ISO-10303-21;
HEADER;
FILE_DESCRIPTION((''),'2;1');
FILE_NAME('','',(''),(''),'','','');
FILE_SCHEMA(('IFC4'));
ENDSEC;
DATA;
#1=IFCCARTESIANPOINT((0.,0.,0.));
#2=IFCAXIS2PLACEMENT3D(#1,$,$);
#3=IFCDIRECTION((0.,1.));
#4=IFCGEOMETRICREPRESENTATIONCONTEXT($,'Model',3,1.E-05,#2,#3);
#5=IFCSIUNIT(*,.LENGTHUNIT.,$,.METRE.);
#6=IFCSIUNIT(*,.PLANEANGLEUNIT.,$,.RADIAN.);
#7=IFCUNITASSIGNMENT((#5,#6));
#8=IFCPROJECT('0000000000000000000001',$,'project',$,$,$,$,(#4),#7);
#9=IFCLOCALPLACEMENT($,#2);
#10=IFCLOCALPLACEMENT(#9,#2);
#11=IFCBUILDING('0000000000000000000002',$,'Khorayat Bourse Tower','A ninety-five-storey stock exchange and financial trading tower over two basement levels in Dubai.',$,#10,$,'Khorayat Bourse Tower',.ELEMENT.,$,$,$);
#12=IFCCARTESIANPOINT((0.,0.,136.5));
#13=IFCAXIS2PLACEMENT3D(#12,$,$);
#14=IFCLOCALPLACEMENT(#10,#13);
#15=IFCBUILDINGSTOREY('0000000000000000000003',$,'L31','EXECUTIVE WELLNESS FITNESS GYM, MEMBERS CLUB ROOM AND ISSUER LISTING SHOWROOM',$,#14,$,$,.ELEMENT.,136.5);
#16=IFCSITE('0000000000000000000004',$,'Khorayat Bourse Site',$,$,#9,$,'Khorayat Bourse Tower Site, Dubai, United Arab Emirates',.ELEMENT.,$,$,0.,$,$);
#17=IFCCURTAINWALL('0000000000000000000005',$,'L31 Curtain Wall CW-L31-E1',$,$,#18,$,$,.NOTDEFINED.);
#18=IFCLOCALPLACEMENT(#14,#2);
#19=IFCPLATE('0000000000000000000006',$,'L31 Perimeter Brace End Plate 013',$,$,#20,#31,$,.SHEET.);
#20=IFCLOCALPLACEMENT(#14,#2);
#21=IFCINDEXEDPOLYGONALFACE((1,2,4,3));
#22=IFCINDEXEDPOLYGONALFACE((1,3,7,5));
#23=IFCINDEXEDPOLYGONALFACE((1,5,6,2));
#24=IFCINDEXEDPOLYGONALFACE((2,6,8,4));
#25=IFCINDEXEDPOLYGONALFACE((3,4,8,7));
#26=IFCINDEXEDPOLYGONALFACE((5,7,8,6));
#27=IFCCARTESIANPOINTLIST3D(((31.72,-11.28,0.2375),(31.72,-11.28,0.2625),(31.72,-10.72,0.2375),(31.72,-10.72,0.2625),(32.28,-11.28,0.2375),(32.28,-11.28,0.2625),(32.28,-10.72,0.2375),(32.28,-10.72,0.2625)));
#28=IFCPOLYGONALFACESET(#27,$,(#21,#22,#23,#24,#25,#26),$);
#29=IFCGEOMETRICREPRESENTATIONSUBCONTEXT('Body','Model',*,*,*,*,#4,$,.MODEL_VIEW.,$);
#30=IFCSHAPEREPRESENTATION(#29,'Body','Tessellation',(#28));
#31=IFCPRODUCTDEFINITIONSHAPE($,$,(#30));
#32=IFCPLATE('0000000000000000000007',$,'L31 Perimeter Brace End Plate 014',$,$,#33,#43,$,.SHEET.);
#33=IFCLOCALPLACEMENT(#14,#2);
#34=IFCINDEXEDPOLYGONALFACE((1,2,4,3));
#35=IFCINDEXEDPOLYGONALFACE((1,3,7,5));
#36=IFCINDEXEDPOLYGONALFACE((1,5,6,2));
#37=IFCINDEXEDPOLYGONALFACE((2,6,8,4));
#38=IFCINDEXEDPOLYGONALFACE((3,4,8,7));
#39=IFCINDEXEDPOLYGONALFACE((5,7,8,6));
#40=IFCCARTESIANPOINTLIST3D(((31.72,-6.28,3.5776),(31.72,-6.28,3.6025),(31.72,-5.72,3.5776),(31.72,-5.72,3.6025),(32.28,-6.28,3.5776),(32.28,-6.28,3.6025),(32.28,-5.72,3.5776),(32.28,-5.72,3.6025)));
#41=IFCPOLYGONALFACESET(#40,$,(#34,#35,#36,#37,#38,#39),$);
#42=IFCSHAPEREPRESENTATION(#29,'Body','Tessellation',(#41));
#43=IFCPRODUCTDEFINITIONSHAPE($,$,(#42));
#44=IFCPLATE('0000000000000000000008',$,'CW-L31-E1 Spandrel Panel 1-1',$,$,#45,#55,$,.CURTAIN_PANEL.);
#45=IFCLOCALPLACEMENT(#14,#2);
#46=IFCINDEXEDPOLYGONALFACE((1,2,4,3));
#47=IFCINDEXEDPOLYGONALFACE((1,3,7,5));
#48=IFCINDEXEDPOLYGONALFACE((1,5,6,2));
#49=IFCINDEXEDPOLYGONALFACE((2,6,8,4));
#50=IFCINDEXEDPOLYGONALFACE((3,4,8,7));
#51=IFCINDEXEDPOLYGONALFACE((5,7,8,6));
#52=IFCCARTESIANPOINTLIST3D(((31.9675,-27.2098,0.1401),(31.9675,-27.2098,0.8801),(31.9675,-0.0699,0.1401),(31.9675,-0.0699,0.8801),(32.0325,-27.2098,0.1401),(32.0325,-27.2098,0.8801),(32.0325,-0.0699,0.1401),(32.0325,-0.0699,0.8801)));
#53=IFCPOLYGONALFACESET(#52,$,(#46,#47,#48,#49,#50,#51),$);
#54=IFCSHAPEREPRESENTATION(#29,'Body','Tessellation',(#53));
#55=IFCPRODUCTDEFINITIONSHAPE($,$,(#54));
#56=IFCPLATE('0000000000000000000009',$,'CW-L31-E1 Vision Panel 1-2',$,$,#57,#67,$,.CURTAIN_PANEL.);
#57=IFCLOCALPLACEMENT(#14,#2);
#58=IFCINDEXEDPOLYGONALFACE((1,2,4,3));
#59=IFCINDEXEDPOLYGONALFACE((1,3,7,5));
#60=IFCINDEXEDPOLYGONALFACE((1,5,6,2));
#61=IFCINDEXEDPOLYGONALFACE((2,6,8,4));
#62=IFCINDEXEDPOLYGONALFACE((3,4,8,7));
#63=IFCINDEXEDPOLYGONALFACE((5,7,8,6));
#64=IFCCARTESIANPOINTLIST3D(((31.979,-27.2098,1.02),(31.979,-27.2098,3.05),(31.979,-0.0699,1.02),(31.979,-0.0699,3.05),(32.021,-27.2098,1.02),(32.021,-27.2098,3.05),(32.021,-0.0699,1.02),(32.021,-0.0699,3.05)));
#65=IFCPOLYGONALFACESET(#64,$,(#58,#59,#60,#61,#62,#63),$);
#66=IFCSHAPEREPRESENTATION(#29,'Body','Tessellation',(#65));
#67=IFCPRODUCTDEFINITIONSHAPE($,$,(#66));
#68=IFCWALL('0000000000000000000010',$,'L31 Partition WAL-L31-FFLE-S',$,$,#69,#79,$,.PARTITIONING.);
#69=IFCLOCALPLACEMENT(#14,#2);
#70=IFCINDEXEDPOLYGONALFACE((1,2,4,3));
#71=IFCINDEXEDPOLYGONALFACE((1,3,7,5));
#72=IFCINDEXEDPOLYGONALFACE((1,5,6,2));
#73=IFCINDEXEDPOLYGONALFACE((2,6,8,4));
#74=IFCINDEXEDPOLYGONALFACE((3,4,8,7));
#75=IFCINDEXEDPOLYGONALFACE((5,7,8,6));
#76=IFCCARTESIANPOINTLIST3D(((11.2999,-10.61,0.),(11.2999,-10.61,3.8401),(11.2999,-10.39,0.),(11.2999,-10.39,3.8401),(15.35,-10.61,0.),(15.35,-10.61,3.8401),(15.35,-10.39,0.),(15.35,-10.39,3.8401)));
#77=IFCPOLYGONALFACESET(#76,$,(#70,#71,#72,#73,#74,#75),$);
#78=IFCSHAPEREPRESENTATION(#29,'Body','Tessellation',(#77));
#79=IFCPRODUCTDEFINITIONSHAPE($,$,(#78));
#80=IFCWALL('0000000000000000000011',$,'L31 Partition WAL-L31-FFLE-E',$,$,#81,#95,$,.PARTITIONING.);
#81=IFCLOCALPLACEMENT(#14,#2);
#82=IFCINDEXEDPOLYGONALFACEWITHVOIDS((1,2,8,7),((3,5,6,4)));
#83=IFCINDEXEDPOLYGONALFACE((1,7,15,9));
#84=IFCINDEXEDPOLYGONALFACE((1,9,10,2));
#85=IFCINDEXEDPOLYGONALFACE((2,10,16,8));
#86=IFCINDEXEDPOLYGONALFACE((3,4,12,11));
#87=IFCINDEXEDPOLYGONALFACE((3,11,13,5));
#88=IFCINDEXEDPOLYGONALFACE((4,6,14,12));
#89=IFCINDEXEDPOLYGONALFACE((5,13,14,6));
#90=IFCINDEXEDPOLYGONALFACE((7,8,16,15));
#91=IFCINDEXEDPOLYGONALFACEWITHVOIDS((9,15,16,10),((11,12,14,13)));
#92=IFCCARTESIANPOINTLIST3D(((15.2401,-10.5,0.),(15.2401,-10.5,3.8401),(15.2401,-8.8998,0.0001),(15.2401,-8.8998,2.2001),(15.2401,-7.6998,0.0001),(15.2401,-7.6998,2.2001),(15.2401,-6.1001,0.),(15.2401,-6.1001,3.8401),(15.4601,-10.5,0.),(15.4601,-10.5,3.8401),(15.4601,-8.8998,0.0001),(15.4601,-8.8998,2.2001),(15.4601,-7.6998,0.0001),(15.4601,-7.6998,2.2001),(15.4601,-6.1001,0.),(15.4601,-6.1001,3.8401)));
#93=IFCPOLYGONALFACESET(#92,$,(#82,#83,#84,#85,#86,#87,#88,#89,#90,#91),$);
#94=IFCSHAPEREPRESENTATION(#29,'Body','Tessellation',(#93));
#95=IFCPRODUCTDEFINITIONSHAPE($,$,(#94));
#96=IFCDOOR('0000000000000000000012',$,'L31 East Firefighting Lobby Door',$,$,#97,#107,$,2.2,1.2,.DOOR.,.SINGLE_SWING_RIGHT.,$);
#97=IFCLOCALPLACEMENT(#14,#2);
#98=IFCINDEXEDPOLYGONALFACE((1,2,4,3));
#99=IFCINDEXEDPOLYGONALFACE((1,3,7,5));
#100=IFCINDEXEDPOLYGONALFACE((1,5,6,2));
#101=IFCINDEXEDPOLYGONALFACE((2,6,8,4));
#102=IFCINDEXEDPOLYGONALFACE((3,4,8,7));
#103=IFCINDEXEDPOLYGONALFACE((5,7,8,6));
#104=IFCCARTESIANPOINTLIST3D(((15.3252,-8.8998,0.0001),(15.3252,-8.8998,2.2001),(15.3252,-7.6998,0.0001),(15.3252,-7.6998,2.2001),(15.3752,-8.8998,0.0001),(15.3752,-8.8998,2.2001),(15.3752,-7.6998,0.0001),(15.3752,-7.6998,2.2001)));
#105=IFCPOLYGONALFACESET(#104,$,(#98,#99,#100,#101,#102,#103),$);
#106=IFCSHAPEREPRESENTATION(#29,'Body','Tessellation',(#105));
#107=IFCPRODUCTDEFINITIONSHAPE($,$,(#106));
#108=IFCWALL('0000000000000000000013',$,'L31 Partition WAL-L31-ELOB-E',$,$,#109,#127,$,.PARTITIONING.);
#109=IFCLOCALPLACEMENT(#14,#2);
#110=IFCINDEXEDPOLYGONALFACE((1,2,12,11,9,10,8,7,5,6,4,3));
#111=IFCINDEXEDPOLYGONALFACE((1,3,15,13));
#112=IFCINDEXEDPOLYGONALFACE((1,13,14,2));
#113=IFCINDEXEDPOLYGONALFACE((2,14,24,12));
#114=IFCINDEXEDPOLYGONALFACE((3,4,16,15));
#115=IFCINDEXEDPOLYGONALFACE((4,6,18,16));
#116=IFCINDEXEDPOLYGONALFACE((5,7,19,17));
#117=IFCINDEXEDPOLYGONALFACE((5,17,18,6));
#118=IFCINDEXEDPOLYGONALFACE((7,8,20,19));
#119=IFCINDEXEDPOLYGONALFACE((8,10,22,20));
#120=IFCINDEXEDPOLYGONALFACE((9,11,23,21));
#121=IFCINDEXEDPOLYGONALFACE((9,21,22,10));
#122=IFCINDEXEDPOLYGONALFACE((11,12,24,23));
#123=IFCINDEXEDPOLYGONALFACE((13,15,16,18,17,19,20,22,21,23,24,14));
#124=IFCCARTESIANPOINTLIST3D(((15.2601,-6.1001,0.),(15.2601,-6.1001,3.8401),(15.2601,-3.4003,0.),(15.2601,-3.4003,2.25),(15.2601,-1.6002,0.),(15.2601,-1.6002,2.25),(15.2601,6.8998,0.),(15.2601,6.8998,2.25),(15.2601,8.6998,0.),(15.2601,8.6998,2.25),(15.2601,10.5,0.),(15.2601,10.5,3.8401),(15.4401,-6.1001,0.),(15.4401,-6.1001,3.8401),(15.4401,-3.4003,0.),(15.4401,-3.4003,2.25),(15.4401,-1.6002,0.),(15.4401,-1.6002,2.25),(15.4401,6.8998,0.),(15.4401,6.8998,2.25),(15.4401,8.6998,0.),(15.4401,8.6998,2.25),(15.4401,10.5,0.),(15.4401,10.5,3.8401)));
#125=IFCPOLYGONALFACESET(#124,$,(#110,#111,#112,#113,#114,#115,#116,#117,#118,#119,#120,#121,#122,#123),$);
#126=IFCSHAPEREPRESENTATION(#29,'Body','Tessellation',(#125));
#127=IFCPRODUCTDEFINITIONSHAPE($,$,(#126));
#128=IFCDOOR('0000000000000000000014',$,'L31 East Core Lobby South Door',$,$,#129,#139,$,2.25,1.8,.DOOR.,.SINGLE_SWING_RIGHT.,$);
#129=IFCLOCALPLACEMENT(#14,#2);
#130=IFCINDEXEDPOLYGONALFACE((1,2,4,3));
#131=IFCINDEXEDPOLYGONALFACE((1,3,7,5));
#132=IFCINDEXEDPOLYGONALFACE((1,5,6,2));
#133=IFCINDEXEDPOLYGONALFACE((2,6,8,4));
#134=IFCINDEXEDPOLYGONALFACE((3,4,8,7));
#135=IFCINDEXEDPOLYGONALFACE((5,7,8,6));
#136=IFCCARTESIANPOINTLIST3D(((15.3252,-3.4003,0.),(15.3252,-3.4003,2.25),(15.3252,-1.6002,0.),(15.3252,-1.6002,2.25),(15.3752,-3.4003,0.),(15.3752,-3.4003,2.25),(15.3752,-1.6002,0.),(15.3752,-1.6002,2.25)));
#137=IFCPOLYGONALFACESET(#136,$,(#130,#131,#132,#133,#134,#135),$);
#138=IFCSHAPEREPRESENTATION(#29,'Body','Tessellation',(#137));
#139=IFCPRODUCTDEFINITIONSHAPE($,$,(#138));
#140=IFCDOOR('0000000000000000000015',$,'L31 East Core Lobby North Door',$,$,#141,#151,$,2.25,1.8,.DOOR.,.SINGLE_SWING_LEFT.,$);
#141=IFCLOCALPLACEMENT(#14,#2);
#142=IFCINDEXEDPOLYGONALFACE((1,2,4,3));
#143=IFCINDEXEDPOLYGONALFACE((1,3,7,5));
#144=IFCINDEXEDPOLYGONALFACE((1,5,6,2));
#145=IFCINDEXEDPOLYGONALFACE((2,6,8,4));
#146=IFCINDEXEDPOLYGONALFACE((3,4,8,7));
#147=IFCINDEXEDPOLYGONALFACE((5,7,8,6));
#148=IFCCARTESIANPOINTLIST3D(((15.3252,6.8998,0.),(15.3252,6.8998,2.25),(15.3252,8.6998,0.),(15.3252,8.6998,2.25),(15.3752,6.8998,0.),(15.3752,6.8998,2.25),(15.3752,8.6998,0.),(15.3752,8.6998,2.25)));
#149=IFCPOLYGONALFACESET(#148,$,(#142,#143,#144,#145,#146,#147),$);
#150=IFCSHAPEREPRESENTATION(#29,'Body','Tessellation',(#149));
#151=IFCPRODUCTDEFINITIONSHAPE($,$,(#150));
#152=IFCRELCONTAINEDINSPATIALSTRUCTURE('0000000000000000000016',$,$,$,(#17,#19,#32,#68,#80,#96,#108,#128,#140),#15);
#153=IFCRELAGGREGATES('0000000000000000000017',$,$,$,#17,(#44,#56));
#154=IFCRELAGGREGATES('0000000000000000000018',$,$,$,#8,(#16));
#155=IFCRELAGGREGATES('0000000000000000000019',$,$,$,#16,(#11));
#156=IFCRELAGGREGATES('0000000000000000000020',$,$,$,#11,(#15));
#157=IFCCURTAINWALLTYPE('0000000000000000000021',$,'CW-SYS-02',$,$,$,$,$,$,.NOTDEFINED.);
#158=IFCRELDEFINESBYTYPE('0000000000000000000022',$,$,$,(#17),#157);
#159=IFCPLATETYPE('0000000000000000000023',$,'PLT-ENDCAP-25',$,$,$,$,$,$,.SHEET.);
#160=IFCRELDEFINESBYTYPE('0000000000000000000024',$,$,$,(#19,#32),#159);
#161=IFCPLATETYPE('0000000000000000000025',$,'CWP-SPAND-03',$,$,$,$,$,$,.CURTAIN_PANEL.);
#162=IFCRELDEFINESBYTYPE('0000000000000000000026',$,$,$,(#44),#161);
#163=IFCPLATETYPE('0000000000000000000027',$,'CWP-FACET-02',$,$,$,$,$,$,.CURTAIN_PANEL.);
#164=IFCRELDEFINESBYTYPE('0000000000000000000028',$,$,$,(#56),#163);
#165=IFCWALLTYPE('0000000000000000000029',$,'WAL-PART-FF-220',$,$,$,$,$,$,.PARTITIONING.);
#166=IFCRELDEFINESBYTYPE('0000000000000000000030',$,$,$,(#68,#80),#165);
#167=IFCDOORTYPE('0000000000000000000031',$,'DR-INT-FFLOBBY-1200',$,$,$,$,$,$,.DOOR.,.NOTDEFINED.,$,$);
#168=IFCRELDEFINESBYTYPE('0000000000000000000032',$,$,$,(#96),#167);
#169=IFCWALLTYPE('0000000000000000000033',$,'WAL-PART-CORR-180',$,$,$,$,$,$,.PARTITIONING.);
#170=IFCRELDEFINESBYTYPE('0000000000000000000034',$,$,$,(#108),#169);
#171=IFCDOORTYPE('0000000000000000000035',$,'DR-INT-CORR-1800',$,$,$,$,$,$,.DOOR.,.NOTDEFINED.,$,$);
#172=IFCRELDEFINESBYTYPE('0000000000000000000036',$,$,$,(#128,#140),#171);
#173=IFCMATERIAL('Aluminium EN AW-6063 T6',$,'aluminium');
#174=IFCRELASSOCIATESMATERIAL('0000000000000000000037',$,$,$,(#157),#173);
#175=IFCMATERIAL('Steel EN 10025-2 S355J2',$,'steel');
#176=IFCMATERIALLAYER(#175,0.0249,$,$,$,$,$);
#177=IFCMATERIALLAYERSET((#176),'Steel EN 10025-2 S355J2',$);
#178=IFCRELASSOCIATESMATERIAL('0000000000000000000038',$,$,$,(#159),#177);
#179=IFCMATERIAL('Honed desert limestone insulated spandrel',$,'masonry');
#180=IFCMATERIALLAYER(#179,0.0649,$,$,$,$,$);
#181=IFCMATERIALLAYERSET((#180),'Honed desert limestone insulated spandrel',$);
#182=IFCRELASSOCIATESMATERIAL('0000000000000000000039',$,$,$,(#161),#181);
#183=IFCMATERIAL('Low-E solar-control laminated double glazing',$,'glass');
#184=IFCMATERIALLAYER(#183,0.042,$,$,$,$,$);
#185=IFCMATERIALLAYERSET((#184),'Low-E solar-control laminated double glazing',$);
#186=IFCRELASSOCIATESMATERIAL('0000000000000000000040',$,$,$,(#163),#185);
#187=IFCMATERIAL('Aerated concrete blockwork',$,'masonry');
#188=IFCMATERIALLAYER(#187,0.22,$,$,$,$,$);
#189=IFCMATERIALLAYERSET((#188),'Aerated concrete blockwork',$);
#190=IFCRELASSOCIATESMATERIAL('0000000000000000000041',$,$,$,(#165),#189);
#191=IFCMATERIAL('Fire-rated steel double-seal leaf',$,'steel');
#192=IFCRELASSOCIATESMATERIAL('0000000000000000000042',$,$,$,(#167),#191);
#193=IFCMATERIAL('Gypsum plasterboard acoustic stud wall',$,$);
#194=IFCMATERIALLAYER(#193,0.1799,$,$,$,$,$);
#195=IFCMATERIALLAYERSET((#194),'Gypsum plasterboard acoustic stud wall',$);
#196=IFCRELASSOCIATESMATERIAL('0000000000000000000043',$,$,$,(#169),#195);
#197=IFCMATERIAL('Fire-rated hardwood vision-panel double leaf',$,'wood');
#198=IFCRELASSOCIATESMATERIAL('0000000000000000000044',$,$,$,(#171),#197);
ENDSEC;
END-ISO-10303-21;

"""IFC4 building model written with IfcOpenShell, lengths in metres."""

from ifc_helpers import new_model, si_unit, direction, frame, frame_2d, origin, origin_2d, place, context, subcontext, project, spatial, rectangle, extrude, source, transform, mapped, material, layer, layer_set, type_object, element, fill, aggregate, save


model = new_model("IFC4")

# Units and contexts
model_context = context("Model", 3, precision=1e-05, world=origin(), true_north=direction((0.0, 1.0)))
body_context = subcontext(model_context, "Body", "Model", "MODEL_VIEW")
ifc_project = project(units=[si_unit("LENGTHUNIT", "METRE"), si_unit("PLANEANGLEUNIT", "RADIAN")], contexts=[model_context])

# Site, building, storey
site_placement = place(None, origin())
site = spatial("IfcSite", under=ifc_project, at=site_placement, Name="Khorayat Bourse Site", LongName="Khorayat Bourse Tower Site, Dubai, United Arab Emirates", CompositionType="ELEMENT", RefElevation=0.0)
building_placement = place(site_placement, origin())
building = spatial("IfcBuilding", under=site, at=building_placement, Name="Khorayat Bourse Tower", Description="A ninety-five-storey stock exchange and financial trading tower over two basement levels in Dubai.", LongName="Khorayat Bourse Tower", CompositionType="ELEMENT")
storey_placement = place(building_placement, frame((0.0, 0.0, 136.5)))
storey = spatial("IfcBuildingStorey", under=building, at=storey_placement, Name="L31", Description="EXECUTIVE WELLNESS FITNESS GYM, MEMBERS CLUB ROOM AND ISSUER LISTING SHOWROOM", CompositionType="ELEMENT", Elevation=136.5)

# Curtain wall
ifc_material_1 = material(Name="Aluminium EN AW-6063 T6", Category="aluminium")
curtain_wall_type = type_object("IfcCurtainWallType", Name="CW-SYS-02", PredefinedType="NOTDEFINED", material=ifc_material_1)
curtain_wall_placement = place(storey_placement, origin())
curtain_wall = element("IfcCurtainWall", 1, at=curtain_wall_placement, inside=storey, type_object=curtain_wall_type, Name="L31 Curtain Wall CW-L31-E1", PredefinedType="NOTDEFINED")

# Plates
ifc_material_2 = material(Name="Steel EN 10025-2 S355J2", Category="steel")
ifc_layer_1 = layer(ifc_material_2, 0.0249)
ifc_layer_set_1 = layer_set([ifc_layer_1], Name="Steel EN 10025-2 S355J2")
plate_type_1 = type_object("IfcPlateType", Name="PLT-ENDCAP-25", PredefinedType="SHEET", material=ifc_layer_set_1)
shared_shape_1 = source(origin(), body_context, "Body", "SweptSolid", [
    extrude(rectangle(XDim=0.5601, YDim=0.5601, at=origin_2d()), origin(), (0.0, 0.0, 1.0), 0.0249),
])
for number, where, z_axis, x_axis, name in (
    (2, (32.0, -11.0, 0.2375), (0.0, 0.0, 1.0), (1.0, 0.0, 0.0), "L31 Perimeter Brace End Plate 013"),
    (3, (32.0, -6.0, 3.5776), (0.0, 0.0, 1.0), (1.0, 0.0, 0.0), "L31 Perimeter Brace End Plate 014"),
):
    element("IfcPlate", number, at=place(storey_placement, frame(where, z_axis=z_axis, x_axis=x_axis)), inside=storey, type_object=plate_type_1, Name=name, PredefinedType="SHEET", context=body_context, shape_type="MappedRepresentation", body=[
        mapped(shared_shape_1, transform((0.0, 0.0, 0.0), scale=1.0)),
    ])

# Plates
ifc_material_3 = material(Name="Honed desert limestone insulated spandrel", Category="masonry")
ifc_layer_2 = layer(ifc_material_3, 0.0649)
ifc_layer_set_2 = layer_set([ifc_layer_2], Name="Honed desert limestone insulated spandrel")
plate_type_2 = type_object("IfcPlateType", Name="CWP-SPAND-03", PredefinedType="CURTAIN_PANEL", material=ifc_layer_set_2)
shared_shape_2 = source(origin(), body_context, "Body", "SweptSolid", [
    extrude(rectangle(XDim=27.1399, YDim=0.0649, at=origin_2d()), origin(), (0.0, 0.0, 1.0), 0.74),
])
plate_1_placement = place(storey_placement, frame((32.0, -13.6399, 0.1401), z_axis=(0.0, 0.0, 1.0), x_axis=(0.0, 1.0, 0.0)))
plate_1 = element("IfcPlate", 4, at=plate_1_placement, type_object=plate_type_2, Name="CW-L31-E1 Spandrel Panel 1-1", PredefinedType="CURTAIN_PANEL", context=body_context, shape_type="MappedRepresentation", body=[
    mapped(shared_shape_2, transform((0.0, 0.0, 0.0), scale=1.0)),
])
ifc_material_4 = material(Name="Low-E solar-control laminated double glazing", Category="glass")
ifc_layer_3 = layer(ifc_material_4, 0.042)
ifc_layer_set_3 = layer_set([ifc_layer_3], Name="Low-E solar-control laminated double glazing")
plate_type_3 = type_object("IfcPlateType", Name="CWP-FACET-02", PredefinedType="CURTAIN_PANEL", material=ifc_layer_set_3)
shared_shape_3 = source(origin(), body_context, "Body", "SweptSolid", [
    extrude(rectangle(XDim=27.1399, YDim=0.042, at=origin_2d()), origin(), (0.0, 0.0, 1.0), 2.03),
])
plate_2_placement = place(storey_placement, frame((32.0, -13.6399, 1.02), z_axis=(0.0, 0.0, 1.0), x_axis=(0.0, 1.0, 0.0)))
plate_2 = element("IfcPlate", 5, at=plate_2_placement, type_object=plate_type_3, Name="CW-L31-E1 Vision Panel 1-2", PredefinedType="CURTAIN_PANEL", context=body_context, shape_type="MappedRepresentation", body=[
    mapped(shared_shape_3, transform((0.0, 0.0, 0.0), scale=1.0)),
])
aggregate(curtain_wall, [plate_1, plate_2])

# Wall
ifc_material_5 = material(Name="Aerated concrete blockwork", Category="masonry")
ifc_layer_4 = layer(ifc_material_5, 0.22)
ifc_layer_set_4 = layer_set([ifc_layer_4], Name="Aerated concrete blockwork")
wall_type_1 = type_object("IfcWallType", Name="WAL-PART-FF-220", PredefinedType="PARTITIONING", material=ifc_layer_set_4)
shared_shape_4 = source(origin(), body_context, "Body", "SweptSolid", [
    extrude(rectangle(XDim=4.05, YDim=0.22, at=frame_2d((2.0249, 0.0))), origin(), (0.0, 0.0, 1.0), 3.8401),
])
wall_1_placement = place(storey_placement, frame((11.3, -10.5, 0.0), z_axis=(0.0, 0.0, 1.0), x_axis=(1.0, 0.0, 0.0)))
element("IfcWall", 6, at=wall_1_placement, inside=storey, type_object=wall_type_1, Name="L31 Partition WAL-L31-FFLE-S", PredefinedType="PARTITIONING", context=body_context, shape_type="MappedRepresentation", body=[
    mapped(shared_shape_4, transform((0.0, 0.0, 0.0), scale=1.0)),
])

# Wall, opening, door
shared_shape_5 = source(origin(), body_context, "Body", "SweptSolid", [
    extrude(rectangle(XDim=4.3999, YDim=0.22, at=frame_2d((2.2, 0.0))), origin(), (0.0, 0.0, 1.0), 3.8401),
])
wall_2_placement = place(storey_placement, frame((15.3501, -10.5, 0.0), z_axis=(0.0, 0.0, 1.0), x_axis=(0.0, 1.0, 0.0)))
wall_2 = element("IfcWall", 7, at=wall_2_placement, inside=storey, type_object=wall_type_1, Name="L31 Partition WAL-L31-FFLE-E", PredefinedType="PARTITIONING", context=body_context, shape_type="MappedRepresentation", body=[
    mapped(shared_shape_5, transform((0.0, 0.0, 0.0), scale=1.0)),
])
shared_shape_6 = source(origin(), body_context, "Body", "SweptSolid", [
    extrude(rectangle(XDim=1.2, YDim=2.2, at=frame_2d((0.6001, 1.1001))), frame((0.0, 0.1199, 0.0), z_axis=(0.0, -1.0, 0.0), x_axis=(1.0, 0.0, 0.0)), (0.0, 0.0, 1.0), 0.24),
])
opening_1_placement = place(wall_2_placement, frame((1.6001, 0.0, 0.0)))
opening_1 = element("IfcOpeningElement", 8, at=opening_1_placement, cuts=wall_2, PredefinedType="OPENING", context=body_context, shape_type="MappedRepresentation", body=[
    mapped(shared_shape_6, transform((0.0, 0.0, 0.0), scale=1.0)),
])
ifc_material_6 = material(Name="Fire-rated steel double-seal leaf", Category="steel")
door_type_1 = type_object("IfcDoorType", Name="DR-INT-FFLOBBY-1200", OperationType="NOTDEFINED", PredefinedType="DOOR", material=ifc_material_6)
shared_shape_7 = source(origin(), body_context, "Body", "SweptSolid", [
    extrude(rectangle(XDim=1.2, YDim=2.2, at=frame_2d((0.6001, 1.1001))), frame((0.0, 0.0249, 0.0), z_axis=(0.0, -1.0, 0.0), x_axis=(1.0, 0.0, 0.0)), (0.0, 0.0, 1.0), 0.05),
])
door_1_placement = place(opening_1_placement, origin())
door_1 = element("IfcDoor", 9, at=door_1_placement, inside=storey, type_object=door_type_1, Name="L31 East Firefighting Lobby Door", OperationType="SINGLE_SWING_RIGHT", OverallHeight=2.2, OverallWidth=1.2, PredefinedType="DOOR", context=body_context, shape_type="MappedRepresentation", body=[
    mapped(shared_shape_7, transform((0.0, 0.0, 0.0), scale=1.0)),
])
fill(opening_1, door_1)

# Wall, openings, doors
ifc_material_7 = material(Name="Gypsum plasterboard acoustic stud wall")
ifc_layer_5 = layer(ifc_material_7, 0.1799)
ifc_layer_set_5 = layer_set([ifc_layer_5], Name="Gypsum plasterboard acoustic stud wall")
wall_type_2 = type_object("IfcWallType", Name="WAL-PART-CORR-180", PredefinedType="PARTITIONING", material=ifc_layer_set_5)
shared_shape_8 = source(origin(), body_context, "Body", "SweptSolid", [
    extrude(rectangle(XDim=16.6001, YDim=0.1799, at=frame_2d((8.3, 0.0))), origin(), (0.0, 0.0, 1.0), 3.8401),
])
wall_3_placement = place(storey_placement, frame((15.3501, -6.1001, 0.0), z_axis=(0.0, 0.0, 1.0), x_axis=(0.0, 1.0, 0.0)))
wall_3 = element("IfcWall", 10, at=wall_3_placement, inside=storey, type_object=wall_type_2, Name="L31 Partition WAL-L31-ELOB-E", PredefinedType="PARTITIONING", context=body_context, shape_type="MappedRepresentation", body=[
    mapped(shared_shape_8, transform((0.0, 0.0, 0.0), scale=1.0)),
])
shared_shape_9 = source(origin(), body_context, "Body", "SweptSolid", [
    extrude(rectangle(XDim=1.8, YDim=2.25, at=frame_2d((0.8999, 1.125))), frame((0.0, 0.0999, 0.0), z_axis=(0.0, -1.0, 0.0), x_axis=(1.0, 0.0, 0.0)), (0.0, 0.0, 1.0), 0.2),
])
opening_2_placement = place(wall_3_placement, frame((2.7, 0.0, 0.0)))
opening_2 = element("IfcOpeningElement", 11, at=opening_2_placement, cuts=wall_3, PredefinedType="OPENING", context=body_context, shape_type="MappedRepresentation", body=[
    mapped(shared_shape_9, transform((0.0, 0.0, 0.0), scale=1.0)),
])
opening_3_placement = place(wall_3_placement, frame((13.0, 0.0, 0.0)))
opening_3 = element("IfcOpeningElement", 12, at=opening_3_placement, cuts=wall_3, PredefinedType="OPENING", context=body_context, shape_type="MappedRepresentation", body=[
    mapped(shared_shape_9, transform((0.0, 0.0, 0.0), scale=1.0)),
])
ifc_material_8 = material(Name="Fire-rated hardwood vision-panel double leaf", Category="wood")
door_type_2 = type_object("IfcDoorType", Name="DR-INT-CORR-1800", OperationType="NOTDEFINED", PredefinedType="DOOR", material=ifc_material_8)
shared_shape_10 = source(origin(), body_context, "Body", "SweptSolid", [
    extrude(rectangle(XDim=1.8, YDim=2.25, at=frame_2d((0.8999, 1.125))), frame((0.0, 0.0249, 0.0), z_axis=(0.0, -1.0, 0.0), x_axis=(1.0, 0.0, 0.0)), (0.0, 0.0, 1.0), 0.05),
])
door_2_placement = place(opening_2_placement, origin())
door_2 = element("IfcDoor", 13, at=door_2_placement, inside=storey, type_object=door_type_2, Name="L31 East Core Lobby South Door", OperationType="SINGLE_SWING_RIGHT", OverallHeight=2.25, OverallWidth=1.8, PredefinedType="DOOR", context=body_context, shape_type="MappedRepresentation", body=[
    mapped(shared_shape_10, transform((0.0, 0.0, 0.0), scale=1.0)),
])
fill(opening_2, door_2)
door_3_placement = place(opening_3_placement, origin())
door_3 = element("IfcDoor", 14, at=door_3_placement, inside=storey, type_object=door_type_2, Name="L31 East Core Lobby North Door", OperationType="SINGLE_SWING_LEFT", OverallHeight=2.25, OverallWidth=1.8, PredefinedType="DOOR", context=body_context, shape_type="MappedRepresentation", body=[
    mapped(shared_shape_10, transform((0.0, 0.0, 0.0), scale=1.0)),
])
fill(opening_3, door_3)

save(model, "model.ifc")
